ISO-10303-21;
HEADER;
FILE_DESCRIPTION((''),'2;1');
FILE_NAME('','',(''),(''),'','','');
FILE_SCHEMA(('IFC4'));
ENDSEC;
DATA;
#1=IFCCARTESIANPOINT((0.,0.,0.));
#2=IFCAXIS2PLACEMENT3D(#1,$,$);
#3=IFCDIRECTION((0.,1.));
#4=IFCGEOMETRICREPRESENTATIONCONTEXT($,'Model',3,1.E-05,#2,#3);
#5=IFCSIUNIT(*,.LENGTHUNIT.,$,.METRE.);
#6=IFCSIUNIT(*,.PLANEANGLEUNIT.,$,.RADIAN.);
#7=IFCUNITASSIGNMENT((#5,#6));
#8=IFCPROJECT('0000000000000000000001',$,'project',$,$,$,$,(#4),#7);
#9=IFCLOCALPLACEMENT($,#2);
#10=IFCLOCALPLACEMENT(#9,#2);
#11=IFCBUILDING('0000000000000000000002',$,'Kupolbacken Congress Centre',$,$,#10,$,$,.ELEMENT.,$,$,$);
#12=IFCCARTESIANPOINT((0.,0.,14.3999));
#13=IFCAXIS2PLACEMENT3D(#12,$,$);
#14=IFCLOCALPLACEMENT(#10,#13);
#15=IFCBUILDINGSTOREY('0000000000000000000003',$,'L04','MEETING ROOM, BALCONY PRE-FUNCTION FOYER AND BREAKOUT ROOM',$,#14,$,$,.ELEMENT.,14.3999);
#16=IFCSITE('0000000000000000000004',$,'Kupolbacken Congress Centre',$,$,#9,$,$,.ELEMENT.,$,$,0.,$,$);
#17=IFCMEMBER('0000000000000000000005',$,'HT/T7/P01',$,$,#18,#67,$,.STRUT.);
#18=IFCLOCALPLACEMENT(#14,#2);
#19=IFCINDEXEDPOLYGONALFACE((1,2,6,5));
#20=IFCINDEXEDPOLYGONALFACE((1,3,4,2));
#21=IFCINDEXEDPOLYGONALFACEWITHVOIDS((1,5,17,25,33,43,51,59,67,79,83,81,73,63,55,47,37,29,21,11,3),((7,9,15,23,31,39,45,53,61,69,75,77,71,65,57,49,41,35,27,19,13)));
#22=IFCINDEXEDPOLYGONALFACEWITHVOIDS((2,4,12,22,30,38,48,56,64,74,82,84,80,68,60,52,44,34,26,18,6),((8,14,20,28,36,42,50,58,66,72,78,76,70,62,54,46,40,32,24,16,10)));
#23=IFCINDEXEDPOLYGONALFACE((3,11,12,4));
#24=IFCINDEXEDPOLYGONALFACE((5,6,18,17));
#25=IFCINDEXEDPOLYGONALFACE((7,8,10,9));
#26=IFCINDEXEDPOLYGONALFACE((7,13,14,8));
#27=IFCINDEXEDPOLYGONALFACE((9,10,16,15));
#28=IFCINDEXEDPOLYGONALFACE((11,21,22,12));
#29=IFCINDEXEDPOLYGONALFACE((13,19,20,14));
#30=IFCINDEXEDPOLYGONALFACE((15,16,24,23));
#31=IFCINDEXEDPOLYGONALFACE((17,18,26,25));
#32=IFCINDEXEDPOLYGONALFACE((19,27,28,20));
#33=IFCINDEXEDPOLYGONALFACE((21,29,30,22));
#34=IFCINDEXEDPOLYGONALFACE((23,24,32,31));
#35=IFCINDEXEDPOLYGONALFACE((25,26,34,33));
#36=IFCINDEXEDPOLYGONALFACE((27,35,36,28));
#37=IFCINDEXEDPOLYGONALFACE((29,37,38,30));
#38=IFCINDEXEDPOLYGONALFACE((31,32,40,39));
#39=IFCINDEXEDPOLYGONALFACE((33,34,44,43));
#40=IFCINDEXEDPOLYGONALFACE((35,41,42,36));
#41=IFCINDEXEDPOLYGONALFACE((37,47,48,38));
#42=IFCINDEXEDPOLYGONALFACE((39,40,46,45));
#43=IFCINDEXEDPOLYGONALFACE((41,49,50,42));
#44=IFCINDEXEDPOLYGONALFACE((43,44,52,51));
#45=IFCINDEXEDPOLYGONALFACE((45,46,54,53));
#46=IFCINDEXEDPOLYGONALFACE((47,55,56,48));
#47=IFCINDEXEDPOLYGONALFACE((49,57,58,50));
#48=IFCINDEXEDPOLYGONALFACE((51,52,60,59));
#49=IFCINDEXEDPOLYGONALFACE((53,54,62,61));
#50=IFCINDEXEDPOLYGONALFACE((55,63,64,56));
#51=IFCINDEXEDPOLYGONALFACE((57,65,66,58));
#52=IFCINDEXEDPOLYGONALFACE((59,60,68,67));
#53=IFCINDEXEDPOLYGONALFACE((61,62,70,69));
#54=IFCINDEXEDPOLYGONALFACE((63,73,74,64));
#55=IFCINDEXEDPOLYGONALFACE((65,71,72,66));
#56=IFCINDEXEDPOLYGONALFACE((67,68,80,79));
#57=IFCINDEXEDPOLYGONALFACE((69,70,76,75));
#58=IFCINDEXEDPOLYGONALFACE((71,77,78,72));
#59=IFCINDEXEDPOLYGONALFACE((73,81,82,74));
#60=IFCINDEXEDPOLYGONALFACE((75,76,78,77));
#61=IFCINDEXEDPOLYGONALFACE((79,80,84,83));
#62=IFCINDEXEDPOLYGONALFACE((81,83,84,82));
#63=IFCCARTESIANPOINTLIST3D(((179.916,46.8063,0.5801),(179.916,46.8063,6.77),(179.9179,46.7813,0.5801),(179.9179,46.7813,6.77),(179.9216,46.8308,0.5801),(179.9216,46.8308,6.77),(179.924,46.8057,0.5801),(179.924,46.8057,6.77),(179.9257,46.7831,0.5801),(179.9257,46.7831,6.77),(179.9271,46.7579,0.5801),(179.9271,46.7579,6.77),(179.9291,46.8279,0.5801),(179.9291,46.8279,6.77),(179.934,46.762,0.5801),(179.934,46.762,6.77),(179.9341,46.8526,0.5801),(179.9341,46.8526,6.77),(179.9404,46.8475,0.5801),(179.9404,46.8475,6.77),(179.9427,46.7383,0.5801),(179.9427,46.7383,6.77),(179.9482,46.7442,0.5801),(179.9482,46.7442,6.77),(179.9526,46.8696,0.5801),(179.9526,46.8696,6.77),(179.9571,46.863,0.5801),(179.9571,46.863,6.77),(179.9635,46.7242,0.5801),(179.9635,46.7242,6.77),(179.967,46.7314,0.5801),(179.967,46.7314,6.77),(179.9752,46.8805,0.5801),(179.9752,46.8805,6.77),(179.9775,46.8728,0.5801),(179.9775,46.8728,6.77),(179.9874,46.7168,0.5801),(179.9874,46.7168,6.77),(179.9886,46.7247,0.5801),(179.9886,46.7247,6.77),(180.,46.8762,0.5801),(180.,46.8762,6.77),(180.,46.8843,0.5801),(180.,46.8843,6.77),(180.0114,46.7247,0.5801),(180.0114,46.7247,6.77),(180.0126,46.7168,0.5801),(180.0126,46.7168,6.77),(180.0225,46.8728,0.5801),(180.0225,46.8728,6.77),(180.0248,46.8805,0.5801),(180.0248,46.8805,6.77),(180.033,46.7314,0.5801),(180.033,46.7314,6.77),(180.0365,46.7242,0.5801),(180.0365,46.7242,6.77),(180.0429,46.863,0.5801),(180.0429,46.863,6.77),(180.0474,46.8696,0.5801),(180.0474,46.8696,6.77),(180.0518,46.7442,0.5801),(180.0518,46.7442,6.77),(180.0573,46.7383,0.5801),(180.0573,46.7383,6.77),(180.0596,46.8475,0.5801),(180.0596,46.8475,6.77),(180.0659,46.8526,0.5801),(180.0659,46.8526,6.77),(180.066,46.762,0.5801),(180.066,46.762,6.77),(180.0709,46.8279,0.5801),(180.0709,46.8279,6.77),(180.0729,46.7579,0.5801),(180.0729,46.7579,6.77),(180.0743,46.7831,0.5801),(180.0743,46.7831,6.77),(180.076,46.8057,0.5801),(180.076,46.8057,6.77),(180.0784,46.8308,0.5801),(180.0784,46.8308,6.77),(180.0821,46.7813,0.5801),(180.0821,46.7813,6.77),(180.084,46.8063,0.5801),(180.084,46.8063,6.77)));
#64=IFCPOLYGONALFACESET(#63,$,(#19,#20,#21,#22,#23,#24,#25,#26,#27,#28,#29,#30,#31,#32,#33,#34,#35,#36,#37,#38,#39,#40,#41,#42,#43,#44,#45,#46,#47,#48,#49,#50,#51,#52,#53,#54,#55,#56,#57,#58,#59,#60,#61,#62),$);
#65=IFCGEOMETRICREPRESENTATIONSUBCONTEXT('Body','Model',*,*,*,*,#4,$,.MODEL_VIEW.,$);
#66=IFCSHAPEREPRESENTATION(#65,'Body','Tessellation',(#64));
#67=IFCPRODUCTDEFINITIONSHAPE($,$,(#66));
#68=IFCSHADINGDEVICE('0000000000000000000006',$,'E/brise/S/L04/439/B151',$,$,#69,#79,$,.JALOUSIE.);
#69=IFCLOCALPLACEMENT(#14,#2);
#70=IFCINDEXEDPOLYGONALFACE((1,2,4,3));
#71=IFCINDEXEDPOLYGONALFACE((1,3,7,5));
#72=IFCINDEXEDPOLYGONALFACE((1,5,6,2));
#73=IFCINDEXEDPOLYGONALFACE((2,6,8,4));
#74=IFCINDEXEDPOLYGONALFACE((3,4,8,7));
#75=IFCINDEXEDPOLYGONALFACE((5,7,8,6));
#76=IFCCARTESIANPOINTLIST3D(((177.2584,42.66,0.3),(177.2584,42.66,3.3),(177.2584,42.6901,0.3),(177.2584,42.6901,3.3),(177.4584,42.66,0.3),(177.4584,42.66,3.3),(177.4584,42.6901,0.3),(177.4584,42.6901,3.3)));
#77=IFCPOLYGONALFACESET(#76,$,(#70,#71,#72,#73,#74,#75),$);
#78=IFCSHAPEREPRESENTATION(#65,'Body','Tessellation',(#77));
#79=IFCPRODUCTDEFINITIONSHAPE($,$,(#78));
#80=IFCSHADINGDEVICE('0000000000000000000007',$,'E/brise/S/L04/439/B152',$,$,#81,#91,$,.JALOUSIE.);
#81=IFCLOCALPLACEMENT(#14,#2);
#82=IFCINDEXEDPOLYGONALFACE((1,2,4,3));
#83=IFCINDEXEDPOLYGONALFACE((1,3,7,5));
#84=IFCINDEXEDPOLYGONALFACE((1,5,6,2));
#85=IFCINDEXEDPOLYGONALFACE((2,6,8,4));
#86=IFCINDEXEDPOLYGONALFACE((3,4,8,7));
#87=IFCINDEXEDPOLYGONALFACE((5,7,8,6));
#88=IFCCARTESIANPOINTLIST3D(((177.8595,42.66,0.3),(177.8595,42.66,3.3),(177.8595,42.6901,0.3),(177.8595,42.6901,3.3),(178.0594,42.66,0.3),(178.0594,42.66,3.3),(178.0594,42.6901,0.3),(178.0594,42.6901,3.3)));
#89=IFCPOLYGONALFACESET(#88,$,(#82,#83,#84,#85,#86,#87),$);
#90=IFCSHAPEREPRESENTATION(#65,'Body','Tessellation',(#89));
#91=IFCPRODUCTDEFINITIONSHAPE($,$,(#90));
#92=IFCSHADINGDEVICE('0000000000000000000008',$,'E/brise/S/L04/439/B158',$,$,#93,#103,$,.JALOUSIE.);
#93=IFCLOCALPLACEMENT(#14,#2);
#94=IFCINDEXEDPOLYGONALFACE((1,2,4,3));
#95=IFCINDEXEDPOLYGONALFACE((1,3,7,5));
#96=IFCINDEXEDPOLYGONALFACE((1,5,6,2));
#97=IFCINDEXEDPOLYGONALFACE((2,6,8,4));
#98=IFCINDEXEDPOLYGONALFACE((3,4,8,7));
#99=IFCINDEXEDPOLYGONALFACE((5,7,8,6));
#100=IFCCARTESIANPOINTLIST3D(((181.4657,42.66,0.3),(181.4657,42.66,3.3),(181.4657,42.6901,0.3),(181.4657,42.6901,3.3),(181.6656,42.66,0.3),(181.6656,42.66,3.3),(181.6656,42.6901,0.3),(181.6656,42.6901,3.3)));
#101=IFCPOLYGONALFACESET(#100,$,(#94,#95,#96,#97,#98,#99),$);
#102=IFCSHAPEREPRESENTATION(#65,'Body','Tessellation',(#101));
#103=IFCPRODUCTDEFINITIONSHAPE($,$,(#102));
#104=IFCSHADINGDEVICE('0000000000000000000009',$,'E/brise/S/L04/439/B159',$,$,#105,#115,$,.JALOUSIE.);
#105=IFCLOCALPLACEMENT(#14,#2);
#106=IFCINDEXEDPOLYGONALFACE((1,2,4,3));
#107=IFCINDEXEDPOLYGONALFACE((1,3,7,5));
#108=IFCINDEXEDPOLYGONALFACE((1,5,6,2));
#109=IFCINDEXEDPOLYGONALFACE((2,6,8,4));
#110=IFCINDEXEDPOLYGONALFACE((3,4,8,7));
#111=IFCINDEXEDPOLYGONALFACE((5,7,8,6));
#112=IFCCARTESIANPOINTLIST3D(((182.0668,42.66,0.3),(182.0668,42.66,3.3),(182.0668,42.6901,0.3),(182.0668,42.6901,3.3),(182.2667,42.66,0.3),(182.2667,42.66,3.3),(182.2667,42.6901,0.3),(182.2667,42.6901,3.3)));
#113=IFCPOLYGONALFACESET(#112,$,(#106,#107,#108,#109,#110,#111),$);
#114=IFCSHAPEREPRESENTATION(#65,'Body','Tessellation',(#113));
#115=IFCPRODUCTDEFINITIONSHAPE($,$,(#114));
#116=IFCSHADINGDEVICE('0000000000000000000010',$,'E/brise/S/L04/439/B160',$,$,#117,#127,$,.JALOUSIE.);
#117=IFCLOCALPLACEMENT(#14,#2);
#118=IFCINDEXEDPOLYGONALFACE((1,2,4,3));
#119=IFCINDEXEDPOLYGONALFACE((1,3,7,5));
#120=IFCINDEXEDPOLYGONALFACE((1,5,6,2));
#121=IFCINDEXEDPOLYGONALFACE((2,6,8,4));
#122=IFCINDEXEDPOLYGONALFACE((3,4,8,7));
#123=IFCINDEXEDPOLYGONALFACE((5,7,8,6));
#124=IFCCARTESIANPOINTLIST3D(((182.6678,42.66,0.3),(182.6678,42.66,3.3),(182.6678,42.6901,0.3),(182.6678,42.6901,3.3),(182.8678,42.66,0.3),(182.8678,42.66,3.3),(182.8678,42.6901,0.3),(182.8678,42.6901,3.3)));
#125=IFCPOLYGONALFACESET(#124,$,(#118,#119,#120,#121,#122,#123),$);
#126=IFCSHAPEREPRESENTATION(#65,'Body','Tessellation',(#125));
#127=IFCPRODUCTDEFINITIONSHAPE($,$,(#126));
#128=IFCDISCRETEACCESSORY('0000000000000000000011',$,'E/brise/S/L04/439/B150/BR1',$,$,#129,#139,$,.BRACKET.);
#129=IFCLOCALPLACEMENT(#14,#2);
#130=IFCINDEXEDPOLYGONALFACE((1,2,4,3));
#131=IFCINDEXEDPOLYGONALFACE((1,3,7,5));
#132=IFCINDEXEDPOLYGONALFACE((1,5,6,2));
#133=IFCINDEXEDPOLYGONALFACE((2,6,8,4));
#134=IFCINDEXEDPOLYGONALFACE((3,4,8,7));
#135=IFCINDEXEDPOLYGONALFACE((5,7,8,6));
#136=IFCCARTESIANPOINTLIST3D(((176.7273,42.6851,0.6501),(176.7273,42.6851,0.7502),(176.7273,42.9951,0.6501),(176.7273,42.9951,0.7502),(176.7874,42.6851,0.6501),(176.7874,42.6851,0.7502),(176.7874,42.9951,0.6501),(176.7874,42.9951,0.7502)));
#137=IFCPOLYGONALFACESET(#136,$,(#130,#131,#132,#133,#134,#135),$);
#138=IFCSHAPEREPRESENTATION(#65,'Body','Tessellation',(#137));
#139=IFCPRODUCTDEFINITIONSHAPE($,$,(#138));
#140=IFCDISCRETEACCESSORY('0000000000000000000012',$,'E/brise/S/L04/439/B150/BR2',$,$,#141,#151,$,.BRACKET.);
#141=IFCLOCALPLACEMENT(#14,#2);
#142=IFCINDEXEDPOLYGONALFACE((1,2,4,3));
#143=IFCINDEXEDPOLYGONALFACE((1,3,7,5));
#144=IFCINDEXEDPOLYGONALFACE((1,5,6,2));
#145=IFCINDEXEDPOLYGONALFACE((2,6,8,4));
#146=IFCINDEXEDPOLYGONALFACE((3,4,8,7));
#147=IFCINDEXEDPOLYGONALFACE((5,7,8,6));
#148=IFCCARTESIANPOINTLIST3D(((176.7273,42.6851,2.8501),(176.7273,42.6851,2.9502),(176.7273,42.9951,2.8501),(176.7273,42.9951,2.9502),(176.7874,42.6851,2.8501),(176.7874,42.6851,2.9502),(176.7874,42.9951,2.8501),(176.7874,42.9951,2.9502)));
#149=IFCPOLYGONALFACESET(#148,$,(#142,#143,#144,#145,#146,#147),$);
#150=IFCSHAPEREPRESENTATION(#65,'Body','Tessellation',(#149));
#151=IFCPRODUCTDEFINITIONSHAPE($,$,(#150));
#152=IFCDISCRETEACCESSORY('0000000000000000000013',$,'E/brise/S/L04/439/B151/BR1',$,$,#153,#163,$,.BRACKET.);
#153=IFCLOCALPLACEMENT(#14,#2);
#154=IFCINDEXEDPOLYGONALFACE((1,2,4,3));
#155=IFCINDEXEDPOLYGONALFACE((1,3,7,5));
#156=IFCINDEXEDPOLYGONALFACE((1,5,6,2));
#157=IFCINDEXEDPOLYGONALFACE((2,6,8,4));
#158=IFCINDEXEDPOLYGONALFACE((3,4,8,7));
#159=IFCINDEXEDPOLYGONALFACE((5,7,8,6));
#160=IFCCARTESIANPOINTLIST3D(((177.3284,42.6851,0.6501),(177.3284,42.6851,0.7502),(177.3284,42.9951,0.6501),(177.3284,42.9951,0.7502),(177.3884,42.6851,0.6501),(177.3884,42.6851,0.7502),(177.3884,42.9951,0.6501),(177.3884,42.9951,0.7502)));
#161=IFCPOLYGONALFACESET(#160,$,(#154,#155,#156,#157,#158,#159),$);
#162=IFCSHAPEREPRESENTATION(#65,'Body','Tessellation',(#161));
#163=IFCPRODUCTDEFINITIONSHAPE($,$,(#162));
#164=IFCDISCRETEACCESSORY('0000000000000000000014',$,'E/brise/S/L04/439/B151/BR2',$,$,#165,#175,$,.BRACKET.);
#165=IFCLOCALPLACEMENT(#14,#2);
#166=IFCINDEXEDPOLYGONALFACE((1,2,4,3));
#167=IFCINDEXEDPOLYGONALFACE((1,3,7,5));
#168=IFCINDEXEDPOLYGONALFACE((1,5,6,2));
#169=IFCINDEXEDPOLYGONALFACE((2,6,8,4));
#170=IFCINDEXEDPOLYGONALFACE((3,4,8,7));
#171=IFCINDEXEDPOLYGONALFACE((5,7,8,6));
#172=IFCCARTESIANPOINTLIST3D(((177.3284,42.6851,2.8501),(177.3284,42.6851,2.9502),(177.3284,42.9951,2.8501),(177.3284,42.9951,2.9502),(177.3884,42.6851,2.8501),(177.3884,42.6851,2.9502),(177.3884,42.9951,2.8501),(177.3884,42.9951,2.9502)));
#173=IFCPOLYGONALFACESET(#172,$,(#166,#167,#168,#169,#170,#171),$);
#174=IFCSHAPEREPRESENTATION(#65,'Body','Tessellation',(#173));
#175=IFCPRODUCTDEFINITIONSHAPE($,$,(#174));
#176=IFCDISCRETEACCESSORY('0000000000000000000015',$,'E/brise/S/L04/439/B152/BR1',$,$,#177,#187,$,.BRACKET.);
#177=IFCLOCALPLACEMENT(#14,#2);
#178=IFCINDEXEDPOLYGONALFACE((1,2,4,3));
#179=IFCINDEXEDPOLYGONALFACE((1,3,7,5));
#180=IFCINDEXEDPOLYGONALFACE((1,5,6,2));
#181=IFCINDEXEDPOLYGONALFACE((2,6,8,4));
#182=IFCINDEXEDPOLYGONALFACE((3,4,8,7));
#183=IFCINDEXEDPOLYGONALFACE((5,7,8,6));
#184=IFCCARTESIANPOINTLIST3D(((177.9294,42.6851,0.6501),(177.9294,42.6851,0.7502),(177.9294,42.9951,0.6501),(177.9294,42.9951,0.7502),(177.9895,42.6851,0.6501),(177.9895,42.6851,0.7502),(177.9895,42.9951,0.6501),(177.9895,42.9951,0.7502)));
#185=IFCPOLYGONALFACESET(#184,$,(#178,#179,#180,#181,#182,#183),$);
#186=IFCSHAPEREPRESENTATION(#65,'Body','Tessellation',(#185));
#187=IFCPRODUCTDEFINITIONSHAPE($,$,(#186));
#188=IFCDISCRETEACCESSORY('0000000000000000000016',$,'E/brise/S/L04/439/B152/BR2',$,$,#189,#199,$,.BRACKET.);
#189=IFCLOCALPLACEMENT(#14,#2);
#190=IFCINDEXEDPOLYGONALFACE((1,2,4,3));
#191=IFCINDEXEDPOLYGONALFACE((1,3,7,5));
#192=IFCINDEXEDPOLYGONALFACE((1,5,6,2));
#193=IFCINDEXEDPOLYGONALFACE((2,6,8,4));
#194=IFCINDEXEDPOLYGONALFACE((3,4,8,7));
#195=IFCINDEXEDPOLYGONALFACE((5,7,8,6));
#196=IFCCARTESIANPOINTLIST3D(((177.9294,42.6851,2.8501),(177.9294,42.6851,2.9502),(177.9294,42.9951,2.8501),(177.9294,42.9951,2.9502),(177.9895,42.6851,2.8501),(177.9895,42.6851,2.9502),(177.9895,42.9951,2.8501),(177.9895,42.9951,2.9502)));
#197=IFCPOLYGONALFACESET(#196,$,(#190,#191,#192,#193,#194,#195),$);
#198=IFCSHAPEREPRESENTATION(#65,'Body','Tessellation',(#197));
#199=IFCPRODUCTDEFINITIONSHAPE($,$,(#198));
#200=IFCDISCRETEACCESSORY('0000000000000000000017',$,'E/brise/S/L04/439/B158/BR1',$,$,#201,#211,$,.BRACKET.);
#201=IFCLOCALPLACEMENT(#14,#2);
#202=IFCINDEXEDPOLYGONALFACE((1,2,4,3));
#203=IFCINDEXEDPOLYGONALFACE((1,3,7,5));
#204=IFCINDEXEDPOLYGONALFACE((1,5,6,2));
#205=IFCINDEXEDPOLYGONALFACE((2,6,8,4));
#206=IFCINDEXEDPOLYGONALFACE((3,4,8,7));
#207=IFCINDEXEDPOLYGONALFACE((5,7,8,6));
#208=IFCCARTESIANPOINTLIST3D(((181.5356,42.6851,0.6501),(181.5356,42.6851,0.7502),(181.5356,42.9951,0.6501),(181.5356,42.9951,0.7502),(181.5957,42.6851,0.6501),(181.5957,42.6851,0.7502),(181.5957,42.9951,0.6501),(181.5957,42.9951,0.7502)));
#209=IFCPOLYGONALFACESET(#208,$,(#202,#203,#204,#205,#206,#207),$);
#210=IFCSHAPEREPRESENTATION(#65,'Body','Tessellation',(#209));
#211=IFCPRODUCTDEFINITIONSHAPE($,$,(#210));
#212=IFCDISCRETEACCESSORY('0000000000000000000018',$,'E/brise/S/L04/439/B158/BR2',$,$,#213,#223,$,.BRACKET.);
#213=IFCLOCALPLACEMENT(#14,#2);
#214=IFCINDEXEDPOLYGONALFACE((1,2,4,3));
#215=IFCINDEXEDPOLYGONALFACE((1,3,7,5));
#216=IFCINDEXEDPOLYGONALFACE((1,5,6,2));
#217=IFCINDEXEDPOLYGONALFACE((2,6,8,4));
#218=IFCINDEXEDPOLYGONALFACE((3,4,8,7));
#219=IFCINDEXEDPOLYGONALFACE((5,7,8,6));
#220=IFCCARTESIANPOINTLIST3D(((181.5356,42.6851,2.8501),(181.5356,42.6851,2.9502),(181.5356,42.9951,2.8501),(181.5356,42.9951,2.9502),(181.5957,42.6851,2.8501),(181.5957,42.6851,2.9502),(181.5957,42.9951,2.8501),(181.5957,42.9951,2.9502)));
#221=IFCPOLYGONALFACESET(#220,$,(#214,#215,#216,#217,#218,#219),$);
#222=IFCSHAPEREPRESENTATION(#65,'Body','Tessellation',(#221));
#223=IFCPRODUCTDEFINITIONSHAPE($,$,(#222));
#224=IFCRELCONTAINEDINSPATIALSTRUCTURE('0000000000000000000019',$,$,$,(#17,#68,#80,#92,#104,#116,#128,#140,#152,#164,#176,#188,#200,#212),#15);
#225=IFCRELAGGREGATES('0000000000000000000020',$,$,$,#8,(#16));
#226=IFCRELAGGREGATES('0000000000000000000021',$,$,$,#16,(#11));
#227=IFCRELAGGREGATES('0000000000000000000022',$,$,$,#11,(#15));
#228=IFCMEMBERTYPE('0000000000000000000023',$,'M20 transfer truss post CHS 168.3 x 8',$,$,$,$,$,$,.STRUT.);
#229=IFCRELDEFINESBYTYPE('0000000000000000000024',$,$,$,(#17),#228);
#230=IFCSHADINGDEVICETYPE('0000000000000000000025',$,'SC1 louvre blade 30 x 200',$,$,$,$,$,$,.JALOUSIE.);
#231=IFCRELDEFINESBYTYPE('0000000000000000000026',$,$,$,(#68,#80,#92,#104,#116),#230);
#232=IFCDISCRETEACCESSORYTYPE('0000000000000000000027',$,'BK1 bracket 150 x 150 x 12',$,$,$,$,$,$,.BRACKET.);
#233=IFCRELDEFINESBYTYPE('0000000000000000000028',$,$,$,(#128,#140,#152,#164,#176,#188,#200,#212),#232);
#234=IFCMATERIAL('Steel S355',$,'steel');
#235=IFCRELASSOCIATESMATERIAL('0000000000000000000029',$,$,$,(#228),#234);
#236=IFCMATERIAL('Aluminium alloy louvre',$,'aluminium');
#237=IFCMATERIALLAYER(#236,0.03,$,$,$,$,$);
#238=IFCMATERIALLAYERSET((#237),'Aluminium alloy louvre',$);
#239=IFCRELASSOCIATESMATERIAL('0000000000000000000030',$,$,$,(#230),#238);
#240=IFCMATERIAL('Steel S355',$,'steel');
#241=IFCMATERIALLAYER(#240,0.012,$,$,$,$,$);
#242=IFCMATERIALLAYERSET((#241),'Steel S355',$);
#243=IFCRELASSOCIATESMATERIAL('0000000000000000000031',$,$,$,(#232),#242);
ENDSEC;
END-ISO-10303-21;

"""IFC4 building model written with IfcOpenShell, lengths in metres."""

from ifc_helpers import new_model, si_unit, direction, frame, origin, origin_2d, place, context, subcontext, project, spatial, rectangle, hollow_circle, extrude, material, layer, layer_set, material_profile, profile_set, type_object, element, save


model = new_model("IFC4")

# Units and contexts
model_context = context("Model", 3, precision=1e-05, world=origin(), true_north=direction((0.0, 1.0)))
body_context = subcontext(model_context, "Body", "Model", "MODEL_VIEW")
ifc_project = project(units=[si_unit("LENGTHUNIT", "METRE"), si_unit("PLANEANGLEUNIT", "RADIAN")], contexts=[model_context])

# Site, building, storey
site_placement = place(None, origin())
site = spatial("IfcSite", under=ifc_project, at=site_placement, Name="Kupolbacken Congress Centre", CompositionType="ELEMENT", RefElevation=0.0)
building_placement = place(site_placement, origin())
building = spatial("IfcBuilding", under=site, at=building_placement, Name="Kupolbacken Congress Centre", CompositionType="ELEMENT")
storey_placement = place(building_placement, frame((0.0, 0.0, 14.3999)))
storey = spatial("IfcBuildingStorey", under=building, at=storey_placement, Name="L04", Description="MEETING ROOM, BALCONY PRE-FUNCTION FOYER AND BREAKOUT ROOM", CompositionType="ELEMENT", Elevation=14.3999)

# Member
ifc_material_1 = material(Name="Steel S355", Category="steel")
ifc_material_profile_1 = material_profile(ifc_material_1, hollow_circle(Radius=0.0842, WallThickness=0.0081, at=origin_2d()), Name="CHS 168.3 x 8")
ifc_profile_set_1 = profile_set([ifc_material_profile_1], Name="Steel S355")
member_type_1 = type_object("IfcMemberType", Name="M20 transfer truss post CHS 168.3 x 8", PredefinedType="STRUT", material=ifc_profile_set_1)
for number, where, z_axis, x_axis, name in (
    (1, (180.0, 46.8, 0.5801), (0.0, 0.0, 1.0), (0.0, 1.0, 0.0), "HT/T7/P01"),
):
    element("IfcMember", number, at=place(storey_placement, frame(where, z_axis=z_axis, x_axis=x_axis)), inside=storey, type_object=member_type_1, Name=name, PredefinedType="STRUT", context=body_context, shape_type="SweptSolid", body=[
        extrude(hollow_circle(Radius=0.0842, WallThickness=0.0081, at=origin_2d()), origin(), (0.0, 0.0, 1.0), 6.1899),
    ])

# Shading devices
ifc_material_2 = material(Name="Aluminium alloy louvre", Category="aluminium")
ifc_layer_1 = layer(ifc_material_2, 0.03)
ifc_layer_set_1 = layer_set([ifc_layer_1], Name="Aluminium alloy louvre")
shading_device_type = type_object("IfcShadingDeviceType", Name="SC1 louvre blade 30 x 200", PredefinedType="JALOUSIE", material=ifc_layer_set_1)
for number, where, z_axis, x_axis, name in (
    (2, (177.3584, 42.675, 0.3), (0.0, 0.0, 1.0), (1.0, 0.0, 0.0), "E/brise/S/L04/439/B151"),
    (3, (177.9595, 42.675, 0.3), (0.0, 0.0, 1.0), (1.0, 0.0, 0.0), "E/brise/S/L04/439/B152"),
    (4, (181.5657, 42.675, 0.3), (0.0, 0.0, 1.0), (1.0, 0.0, 0.0), "E/brise/S/L04/439/B158"),
    (5, (182.1667, 42.675, 0.3), (0.0, 0.0, 1.0), (1.0, 0.0, 0.0), "E/brise/S/L04/439/B159"),
    (6, (182.7678, 42.675, 0.3), (0.0, 0.0, 1.0), (1.0, 0.0, 0.0), "E/brise/S/L04/439/B160"),
):
    element("IfcShadingDevice", number, at=place(storey_placement, frame(where, z_axis=z_axis, x_axis=x_axis)), inside=storey, type_object=shading_device_type, Name=name, PredefinedType="JALOUSIE", context=body_context, shape_type="SweptSolid", body=[
        extrude(rectangle(XDim=0.2, YDim=0.03, at=origin_2d()), origin(), (0.0, 0.0, 1.0), 3.0),
    ])

# Discrete accessories
ifc_material_3 = material(Name="Steel S355", Category="steel")
ifc_layer_2 = layer(ifc_material_3, 0.012)
ifc_layer_set_2 = layer_set([ifc_layer_2], Name="Steel S355")
discrete_accessory_type = type_object("IfcDiscreteAccessoryType", Name="BK1 bracket 150 x 150 x 12", PredefinedType="BRACKET", material=ifc_layer_set_2)
for number, where, z_axis, x_axis, name in (
    (7, (176.7573, 42.8401, 0.6501), (0.0, 0.0, 1.0), (1.0, 0.0, 0.0), "E/brise/S/L04/439/B150/BR1"),
    (8, (176.7573, 42.8401, 2.8501), (0.0, 0.0, 1.0), (1.0, 0.0, 0.0), "E/brise/S/L04/439/B150/BR2"),
    (9, (177.3584, 42.8401, 0.6501), (0.0, 0.0, 1.0), (1.0, 0.0, 0.0), "E/brise/S/L04/439/B151/BR1"),
    (10, (177.3584, 42.8401, 2.8501), (0.0, 0.0, 1.0), (1.0, 0.0, 0.0), "E/brise/S/L04/439/B151/BR2"),
    (11, (177.9595, 42.8401, 0.6501), (0.0, 0.0, 1.0), (1.0, 0.0, 0.0), "E/brise/S/L04/439/B152/BR1"),
    (12, (177.9595, 42.8401, 2.8501), (0.0, 0.0, 1.0), (1.0, 0.0, 0.0), "E/brise/S/L04/439/B152/BR2"),
    (13, (181.5657, 42.8401, 0.6501), (0.0, 0.0, 1.0), (1.0, 0.0, 0.0), "E/brise/S/L04/439/B158/BR1"),
    (14, (181.5657, 42.8401, 2.8501), (0.0, 0.0, 1.0), (1.0, 0.0, 0.0), "E/brise/S/L04/439/B158/BR2"),
):
    element("IfcDiscreteAccessory", number, at=place(storey_placement, frame(where, z_axis=z_axis, x_axis=x_axis)), inside=storey, type_object=discrete_accessory_type, Name=name, PredefinedType="BRACKET", context=body_context, shape_type="SweptSolid", body=[
        extrude(rectangle(XDim=0.0601, YDim=0.3101, at=origin_2d()), origin(), (0.0, 0.0, 1.0), 0.1001),
    ])

save(model, "model.ifc")
